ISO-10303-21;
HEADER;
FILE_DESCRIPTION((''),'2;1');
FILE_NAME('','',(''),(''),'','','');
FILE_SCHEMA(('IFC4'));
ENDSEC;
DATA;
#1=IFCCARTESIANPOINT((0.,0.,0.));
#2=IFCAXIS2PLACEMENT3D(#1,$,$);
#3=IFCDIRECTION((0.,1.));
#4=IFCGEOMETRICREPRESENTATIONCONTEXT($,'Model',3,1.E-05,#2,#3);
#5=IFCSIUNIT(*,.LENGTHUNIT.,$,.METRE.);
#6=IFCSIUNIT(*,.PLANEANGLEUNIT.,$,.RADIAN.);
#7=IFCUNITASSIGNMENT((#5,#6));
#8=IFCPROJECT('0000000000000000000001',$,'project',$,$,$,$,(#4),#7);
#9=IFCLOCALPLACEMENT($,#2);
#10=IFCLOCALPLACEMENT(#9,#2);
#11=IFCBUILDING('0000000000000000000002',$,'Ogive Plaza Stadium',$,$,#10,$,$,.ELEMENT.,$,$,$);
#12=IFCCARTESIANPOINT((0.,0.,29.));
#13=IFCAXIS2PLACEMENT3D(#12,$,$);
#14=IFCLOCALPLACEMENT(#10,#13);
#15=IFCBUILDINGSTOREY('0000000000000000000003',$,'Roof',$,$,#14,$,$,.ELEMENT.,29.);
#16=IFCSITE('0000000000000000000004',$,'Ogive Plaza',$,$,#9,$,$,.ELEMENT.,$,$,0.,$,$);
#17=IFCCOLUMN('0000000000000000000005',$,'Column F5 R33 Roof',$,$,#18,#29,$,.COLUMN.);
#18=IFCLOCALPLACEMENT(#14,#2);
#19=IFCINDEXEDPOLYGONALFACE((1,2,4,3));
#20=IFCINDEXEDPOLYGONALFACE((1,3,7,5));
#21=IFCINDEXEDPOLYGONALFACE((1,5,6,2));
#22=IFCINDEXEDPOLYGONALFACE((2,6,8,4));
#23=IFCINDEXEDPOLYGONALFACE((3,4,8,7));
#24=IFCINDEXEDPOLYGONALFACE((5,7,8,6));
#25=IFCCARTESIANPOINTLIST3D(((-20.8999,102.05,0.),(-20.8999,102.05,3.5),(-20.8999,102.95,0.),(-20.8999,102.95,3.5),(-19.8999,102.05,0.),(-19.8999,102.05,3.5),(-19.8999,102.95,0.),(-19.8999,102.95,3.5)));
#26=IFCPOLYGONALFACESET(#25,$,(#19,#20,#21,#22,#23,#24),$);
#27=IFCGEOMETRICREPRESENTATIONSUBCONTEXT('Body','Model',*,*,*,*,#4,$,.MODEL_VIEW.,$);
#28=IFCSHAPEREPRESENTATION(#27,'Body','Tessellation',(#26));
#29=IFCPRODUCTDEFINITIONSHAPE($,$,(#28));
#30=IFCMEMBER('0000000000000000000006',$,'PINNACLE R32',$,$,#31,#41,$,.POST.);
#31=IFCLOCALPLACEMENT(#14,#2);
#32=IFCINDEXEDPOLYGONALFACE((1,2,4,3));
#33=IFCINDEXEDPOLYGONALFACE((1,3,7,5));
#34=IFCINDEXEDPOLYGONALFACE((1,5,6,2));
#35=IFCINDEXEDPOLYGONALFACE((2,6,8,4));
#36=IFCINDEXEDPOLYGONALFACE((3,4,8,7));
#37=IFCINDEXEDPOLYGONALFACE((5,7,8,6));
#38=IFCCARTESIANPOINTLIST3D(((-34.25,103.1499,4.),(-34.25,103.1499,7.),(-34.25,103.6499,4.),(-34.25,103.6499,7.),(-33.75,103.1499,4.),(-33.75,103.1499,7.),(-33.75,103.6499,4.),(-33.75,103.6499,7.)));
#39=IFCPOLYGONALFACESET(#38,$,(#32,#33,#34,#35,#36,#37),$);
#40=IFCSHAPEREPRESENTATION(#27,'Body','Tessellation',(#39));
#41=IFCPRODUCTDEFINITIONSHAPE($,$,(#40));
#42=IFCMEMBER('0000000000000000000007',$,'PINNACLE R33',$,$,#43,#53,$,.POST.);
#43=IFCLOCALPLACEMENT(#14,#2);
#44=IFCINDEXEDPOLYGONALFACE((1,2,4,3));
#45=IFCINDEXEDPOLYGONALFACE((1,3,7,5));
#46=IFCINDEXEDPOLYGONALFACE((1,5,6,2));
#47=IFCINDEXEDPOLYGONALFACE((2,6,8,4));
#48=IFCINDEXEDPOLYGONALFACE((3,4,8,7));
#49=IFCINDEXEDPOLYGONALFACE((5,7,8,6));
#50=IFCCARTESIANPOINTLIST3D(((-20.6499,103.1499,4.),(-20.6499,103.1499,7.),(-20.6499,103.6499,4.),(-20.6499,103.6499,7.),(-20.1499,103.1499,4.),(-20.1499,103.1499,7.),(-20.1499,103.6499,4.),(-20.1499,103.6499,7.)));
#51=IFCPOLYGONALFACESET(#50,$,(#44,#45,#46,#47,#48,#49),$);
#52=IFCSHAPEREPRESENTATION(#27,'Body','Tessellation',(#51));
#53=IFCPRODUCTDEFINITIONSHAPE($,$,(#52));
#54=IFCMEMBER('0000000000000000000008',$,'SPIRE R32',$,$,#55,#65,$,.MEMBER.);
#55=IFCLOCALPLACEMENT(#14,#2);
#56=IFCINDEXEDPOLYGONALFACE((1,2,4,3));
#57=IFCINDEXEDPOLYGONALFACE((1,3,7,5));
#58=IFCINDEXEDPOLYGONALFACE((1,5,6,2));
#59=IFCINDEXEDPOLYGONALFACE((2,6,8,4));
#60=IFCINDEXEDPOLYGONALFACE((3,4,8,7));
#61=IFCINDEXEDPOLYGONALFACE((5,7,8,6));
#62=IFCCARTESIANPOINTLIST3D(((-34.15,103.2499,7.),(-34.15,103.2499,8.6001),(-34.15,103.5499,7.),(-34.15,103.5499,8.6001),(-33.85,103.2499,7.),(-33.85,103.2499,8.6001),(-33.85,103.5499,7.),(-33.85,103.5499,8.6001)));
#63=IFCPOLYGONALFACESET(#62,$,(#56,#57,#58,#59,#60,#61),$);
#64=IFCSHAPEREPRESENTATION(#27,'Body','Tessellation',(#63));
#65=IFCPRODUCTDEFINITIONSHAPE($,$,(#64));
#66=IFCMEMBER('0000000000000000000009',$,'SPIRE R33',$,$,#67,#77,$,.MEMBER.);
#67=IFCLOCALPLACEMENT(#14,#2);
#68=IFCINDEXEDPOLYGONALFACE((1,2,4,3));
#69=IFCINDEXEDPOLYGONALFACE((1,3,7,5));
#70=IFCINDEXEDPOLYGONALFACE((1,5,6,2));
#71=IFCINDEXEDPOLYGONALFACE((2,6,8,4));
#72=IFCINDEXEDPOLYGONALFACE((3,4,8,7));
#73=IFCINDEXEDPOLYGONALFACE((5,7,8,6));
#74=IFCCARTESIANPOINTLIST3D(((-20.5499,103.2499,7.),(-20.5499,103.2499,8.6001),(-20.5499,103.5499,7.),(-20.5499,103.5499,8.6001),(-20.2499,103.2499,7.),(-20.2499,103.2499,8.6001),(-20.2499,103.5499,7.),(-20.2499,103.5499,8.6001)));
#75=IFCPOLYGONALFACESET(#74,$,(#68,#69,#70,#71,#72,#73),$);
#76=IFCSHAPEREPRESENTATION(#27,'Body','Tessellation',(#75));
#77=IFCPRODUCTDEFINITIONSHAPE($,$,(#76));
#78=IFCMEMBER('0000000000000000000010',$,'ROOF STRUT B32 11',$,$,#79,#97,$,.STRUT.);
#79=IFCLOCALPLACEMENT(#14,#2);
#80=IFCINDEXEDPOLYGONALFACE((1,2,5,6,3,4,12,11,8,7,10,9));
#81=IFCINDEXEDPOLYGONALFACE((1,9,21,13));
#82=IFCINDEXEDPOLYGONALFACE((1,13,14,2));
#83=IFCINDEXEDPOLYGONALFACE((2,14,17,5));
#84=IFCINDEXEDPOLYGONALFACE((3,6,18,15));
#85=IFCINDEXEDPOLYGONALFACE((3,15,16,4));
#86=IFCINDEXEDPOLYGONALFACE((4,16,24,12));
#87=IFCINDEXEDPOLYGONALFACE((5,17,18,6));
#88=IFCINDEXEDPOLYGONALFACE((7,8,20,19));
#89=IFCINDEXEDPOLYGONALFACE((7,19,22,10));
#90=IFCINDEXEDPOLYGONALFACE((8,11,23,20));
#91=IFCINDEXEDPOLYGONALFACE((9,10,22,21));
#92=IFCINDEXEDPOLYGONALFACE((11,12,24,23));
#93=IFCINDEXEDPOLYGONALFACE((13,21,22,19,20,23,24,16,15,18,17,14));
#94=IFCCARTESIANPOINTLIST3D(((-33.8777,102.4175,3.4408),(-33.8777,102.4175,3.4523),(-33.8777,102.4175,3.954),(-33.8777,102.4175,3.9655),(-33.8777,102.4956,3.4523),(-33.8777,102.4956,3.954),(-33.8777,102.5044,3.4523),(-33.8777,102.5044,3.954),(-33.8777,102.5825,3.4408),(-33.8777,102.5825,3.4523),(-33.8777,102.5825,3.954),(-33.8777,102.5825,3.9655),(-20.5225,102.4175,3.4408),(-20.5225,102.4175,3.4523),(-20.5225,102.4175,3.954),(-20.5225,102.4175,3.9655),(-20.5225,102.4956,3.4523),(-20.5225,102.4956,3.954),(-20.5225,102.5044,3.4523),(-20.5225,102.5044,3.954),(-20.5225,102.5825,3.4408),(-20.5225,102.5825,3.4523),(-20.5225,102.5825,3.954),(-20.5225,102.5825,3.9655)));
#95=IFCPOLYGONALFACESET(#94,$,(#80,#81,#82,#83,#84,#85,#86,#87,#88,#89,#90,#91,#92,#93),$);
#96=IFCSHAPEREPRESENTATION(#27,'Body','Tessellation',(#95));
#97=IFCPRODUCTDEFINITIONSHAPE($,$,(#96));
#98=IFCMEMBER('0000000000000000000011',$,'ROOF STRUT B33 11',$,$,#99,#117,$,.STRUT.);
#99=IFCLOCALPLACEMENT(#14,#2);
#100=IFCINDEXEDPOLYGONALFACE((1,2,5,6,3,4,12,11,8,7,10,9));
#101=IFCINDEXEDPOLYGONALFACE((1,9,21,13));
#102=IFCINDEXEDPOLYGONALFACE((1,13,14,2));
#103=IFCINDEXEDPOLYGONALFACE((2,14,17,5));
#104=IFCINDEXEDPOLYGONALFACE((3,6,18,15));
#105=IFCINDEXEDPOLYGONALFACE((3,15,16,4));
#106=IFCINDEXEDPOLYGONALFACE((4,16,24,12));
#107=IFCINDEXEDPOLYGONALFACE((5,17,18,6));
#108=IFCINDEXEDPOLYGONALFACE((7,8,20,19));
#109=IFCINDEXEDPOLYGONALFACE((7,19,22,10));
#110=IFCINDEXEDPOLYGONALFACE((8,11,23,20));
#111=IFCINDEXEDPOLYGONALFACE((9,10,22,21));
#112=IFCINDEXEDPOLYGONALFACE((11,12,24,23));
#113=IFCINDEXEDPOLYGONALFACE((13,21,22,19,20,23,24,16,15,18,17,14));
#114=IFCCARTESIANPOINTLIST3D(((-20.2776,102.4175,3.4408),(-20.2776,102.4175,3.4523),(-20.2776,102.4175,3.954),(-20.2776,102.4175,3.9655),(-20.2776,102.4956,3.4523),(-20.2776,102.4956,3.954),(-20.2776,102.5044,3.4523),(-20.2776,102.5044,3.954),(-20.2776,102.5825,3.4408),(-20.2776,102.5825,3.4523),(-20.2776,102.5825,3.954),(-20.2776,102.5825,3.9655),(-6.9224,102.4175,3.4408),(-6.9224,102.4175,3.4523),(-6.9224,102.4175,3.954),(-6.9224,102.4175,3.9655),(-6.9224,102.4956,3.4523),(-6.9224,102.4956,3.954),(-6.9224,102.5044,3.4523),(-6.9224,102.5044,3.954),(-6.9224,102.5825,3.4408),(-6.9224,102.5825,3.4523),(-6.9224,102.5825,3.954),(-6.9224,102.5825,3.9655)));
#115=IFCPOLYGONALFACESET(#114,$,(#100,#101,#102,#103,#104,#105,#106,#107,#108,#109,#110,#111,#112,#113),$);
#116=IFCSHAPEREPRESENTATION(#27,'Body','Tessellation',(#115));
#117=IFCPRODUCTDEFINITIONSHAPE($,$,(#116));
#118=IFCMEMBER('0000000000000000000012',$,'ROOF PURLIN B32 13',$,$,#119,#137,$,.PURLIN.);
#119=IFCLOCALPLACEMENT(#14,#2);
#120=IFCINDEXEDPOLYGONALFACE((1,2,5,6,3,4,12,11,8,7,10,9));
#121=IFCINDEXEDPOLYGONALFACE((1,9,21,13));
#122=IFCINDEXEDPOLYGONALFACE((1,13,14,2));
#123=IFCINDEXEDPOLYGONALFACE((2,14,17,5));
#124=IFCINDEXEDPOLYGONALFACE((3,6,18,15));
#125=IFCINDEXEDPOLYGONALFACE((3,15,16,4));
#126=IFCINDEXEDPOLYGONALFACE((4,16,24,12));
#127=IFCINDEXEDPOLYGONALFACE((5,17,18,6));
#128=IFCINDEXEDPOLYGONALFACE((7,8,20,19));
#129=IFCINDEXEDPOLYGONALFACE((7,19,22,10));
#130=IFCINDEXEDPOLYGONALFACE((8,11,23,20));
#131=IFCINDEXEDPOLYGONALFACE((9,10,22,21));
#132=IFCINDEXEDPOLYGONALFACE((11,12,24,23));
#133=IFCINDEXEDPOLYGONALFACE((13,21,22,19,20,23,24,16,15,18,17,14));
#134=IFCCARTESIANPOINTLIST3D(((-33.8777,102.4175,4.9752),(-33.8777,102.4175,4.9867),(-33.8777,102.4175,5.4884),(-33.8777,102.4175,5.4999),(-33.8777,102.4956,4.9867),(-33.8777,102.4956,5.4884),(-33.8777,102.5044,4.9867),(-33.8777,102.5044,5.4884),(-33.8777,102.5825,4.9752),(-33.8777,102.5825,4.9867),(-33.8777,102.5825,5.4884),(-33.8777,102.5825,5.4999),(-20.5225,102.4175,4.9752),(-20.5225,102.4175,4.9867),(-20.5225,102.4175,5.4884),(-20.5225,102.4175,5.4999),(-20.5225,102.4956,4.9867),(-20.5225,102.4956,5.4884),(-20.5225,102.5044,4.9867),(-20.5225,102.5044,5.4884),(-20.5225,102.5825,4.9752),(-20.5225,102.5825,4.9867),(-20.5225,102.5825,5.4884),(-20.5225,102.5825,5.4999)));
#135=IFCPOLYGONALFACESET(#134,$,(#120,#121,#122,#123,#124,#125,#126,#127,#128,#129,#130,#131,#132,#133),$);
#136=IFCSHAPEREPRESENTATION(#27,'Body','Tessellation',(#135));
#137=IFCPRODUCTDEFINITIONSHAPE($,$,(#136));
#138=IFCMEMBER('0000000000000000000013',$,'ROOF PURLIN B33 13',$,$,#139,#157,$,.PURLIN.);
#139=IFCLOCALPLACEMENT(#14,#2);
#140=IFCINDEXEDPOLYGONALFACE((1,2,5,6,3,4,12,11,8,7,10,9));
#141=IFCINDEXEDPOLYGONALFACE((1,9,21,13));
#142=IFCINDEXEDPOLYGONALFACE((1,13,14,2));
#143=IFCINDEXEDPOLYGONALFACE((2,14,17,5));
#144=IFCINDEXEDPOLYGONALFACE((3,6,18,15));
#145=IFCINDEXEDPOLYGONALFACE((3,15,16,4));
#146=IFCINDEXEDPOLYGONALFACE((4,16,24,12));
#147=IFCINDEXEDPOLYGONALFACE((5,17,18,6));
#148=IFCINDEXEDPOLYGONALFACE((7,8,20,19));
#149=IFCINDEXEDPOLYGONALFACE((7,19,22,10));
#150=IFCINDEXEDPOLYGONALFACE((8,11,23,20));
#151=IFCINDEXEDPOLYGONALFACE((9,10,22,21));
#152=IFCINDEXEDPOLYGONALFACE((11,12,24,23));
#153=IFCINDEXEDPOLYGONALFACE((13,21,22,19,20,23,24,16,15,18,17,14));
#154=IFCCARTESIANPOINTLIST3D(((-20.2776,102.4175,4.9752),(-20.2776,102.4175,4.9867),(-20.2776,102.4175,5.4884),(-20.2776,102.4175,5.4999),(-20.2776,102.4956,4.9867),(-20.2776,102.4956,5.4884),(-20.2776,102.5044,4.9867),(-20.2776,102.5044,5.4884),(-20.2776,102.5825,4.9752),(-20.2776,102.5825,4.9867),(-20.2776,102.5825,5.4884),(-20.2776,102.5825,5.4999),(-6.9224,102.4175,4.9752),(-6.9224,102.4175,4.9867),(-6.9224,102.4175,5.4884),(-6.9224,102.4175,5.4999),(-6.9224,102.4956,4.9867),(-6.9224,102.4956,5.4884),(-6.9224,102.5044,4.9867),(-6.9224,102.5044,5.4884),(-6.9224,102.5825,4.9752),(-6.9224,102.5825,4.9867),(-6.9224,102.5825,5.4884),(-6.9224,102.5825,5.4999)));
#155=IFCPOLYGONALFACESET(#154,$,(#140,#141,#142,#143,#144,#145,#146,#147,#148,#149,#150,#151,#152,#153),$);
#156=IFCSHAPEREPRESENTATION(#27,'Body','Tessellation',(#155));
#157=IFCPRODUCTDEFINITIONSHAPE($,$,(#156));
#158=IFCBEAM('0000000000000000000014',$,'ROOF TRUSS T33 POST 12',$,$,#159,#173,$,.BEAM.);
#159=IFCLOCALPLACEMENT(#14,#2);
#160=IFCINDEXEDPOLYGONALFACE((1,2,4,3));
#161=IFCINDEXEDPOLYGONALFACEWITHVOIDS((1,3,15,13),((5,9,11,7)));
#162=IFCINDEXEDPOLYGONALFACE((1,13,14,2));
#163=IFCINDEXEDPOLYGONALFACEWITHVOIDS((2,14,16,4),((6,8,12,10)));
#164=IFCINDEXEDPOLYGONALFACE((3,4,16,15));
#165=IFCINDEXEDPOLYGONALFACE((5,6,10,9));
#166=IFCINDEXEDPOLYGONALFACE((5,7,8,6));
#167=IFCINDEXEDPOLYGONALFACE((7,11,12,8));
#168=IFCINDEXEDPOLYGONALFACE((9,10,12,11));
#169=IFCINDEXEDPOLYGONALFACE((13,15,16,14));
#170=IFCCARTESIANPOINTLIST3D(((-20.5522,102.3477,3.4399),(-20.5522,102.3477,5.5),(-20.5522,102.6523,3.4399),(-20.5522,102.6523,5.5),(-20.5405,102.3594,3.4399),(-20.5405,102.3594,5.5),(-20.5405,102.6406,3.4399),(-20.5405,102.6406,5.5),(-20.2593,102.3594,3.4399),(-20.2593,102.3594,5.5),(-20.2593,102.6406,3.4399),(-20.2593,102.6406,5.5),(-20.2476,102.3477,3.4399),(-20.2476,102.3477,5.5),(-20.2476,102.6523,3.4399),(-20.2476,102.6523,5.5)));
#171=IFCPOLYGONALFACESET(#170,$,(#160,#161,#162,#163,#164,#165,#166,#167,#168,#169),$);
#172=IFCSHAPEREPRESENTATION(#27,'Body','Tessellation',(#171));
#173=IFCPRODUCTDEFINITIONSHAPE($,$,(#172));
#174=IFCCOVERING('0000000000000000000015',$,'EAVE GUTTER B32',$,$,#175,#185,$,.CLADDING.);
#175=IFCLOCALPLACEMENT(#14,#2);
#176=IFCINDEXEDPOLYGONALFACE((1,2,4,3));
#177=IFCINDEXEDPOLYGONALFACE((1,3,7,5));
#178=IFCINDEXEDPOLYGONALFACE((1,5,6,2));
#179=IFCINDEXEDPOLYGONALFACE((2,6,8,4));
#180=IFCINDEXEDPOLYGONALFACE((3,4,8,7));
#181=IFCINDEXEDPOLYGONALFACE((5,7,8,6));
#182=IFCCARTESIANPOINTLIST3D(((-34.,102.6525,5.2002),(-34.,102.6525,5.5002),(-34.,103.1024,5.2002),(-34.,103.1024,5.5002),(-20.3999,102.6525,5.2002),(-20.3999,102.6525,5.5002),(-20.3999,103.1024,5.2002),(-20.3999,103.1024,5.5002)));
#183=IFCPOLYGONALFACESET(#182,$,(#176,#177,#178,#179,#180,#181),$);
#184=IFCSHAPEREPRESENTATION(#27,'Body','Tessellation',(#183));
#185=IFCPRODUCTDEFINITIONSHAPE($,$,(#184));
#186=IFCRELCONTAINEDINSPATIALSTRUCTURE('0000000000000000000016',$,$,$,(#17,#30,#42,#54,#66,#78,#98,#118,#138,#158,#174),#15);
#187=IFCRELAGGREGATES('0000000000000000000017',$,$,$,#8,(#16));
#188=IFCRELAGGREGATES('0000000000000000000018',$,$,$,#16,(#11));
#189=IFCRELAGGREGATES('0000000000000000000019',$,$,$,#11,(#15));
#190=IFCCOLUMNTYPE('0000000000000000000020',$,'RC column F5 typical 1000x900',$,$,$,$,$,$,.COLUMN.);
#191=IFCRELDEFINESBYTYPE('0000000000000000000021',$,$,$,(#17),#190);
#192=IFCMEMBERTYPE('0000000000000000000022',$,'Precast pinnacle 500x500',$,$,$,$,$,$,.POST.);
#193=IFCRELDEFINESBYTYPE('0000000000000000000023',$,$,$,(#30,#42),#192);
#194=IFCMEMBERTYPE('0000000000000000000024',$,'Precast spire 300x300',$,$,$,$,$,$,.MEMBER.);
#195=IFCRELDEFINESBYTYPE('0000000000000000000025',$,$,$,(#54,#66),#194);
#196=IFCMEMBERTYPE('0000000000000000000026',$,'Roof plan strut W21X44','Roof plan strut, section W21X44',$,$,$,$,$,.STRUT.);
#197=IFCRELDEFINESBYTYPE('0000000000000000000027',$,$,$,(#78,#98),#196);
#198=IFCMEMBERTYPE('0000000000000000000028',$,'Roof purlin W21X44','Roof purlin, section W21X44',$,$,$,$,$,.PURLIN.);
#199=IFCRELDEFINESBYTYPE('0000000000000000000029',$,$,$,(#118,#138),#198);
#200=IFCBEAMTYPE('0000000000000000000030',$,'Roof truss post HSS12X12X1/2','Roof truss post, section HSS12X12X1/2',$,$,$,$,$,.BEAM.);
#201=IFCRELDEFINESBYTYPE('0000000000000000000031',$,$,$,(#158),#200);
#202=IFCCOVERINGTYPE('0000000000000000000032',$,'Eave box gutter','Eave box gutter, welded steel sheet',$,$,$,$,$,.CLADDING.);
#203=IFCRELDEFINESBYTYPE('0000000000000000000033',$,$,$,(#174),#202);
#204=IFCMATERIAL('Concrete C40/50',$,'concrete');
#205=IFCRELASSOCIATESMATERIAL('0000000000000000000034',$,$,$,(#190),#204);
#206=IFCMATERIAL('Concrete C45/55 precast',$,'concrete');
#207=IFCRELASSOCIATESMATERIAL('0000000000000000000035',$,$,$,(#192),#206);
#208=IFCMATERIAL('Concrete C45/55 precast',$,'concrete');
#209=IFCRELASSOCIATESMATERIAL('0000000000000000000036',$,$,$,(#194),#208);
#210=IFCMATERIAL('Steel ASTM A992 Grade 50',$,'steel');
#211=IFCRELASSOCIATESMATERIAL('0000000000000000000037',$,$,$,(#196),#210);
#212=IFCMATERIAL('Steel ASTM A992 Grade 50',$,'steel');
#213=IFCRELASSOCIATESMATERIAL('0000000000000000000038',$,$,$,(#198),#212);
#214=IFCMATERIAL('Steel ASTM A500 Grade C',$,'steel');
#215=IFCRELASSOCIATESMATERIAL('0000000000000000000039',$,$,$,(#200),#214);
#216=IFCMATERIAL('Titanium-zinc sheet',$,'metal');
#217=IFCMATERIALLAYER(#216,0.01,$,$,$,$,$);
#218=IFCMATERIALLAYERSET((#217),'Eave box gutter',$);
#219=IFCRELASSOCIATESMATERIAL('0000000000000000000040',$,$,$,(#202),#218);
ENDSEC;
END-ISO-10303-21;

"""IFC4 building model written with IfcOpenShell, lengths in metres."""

from ifc_helpers import new_model, si_unit, direction, frame, origin, origin_2d, place, context, subcontext, project, spatial, rectangle, hollow_rectangle, i_section, extrude, material, layer, layer_set, material_profile, profile_set, type_object, element, save


model = new_model("IFC4")

# Units and contexts
model_context = context("Model", 3, precision=1e-05, world=origin(), true_north=direction((0.0, 1.0)))
body_context = subcontext(model_context, "Body", "Model", "MODEL_VIEW")
ifc_project = project(units=[si_unit("LENGTHUNIT", "METRE"), si_unit("PLANEANGLEUNIT", "RADIAN")], contexts=[model_context])

# Site, building, storey
site_placement = place(None, origin())
site = spatial("IfcSite", under=ifc_project, at=site_placement, Name="Ogive Plaza", CompositionType="ELEMENT", RefElevation=0.0)
building_placement = place(site_placement, origin())
building = spatial("IfcBuilding", under=site, at=building_placement, Name="Ogive Plaza Stadium", CompositionType="ELEMENT")
storey_placement = place(building_placement, frame((0.0, 0.0, 29.0)))
storey = spatial("IfcBuildingStorey", under=building, at=storey_placement, Name="Roof", CompositionType="ELEMENT", Elevation=29.0)

# Column
ifc_material_1 = material(Name="Concrete C40/50", Category="concrete")
ifc_material_profile_1 = material_profile(ifc_material_1, rectangle(XDim=1.0, YDim=0.8999, at=origin_2d()), Name="RC 1000x900")
ifc_profile_set_1 = profile_set([ifc_material_profile_1], Name="Concrete C40/50")
column_type = type_object("IfcColumnType", Name="RC column F5 typical 1000x900", PredefinedType="COLUMN", material=ifc_profile_set_1)
column_placement = place(storey_placement, frame((-20.3999, 102.5, 0.0), z_axis=(0.0, 0.0, 1.0), x_axis=(-1.0, 0.0, 0.0)))
element("IfcColumn", 1, at=column_placement, inside=storey, type_object=column_type, Name="Column F5 R33 Roof", PredefinedType="COLUMN", context=body_context, shape_type="SweptSolid", body=[
    extrude(rectangle(XDim=1.0, YDim=0.8999, at=origin_2d()), origin(), (0.0, 0.0, 1.0), 3.5),
])

# Members
ifc_material_2 = material(Name="Concrete C45/55 precast", Category="concrete")
ifc_material_profile_2 = material_profile(ifc_material_2, rectangle(XDim=0.5, YDim=0.5, at=origin_2d()), Name="RC 500x500")
ifc_profile_set_2 = profile_set([ifc_material_profile_2], Name="Concrete C45/55 precast")
member_type_1 = type_object("IfcMemberType", Name="Precast pinnacle 500x500", PredefinedType="POST", material=ifc_profile_set_2)
for number, where, z_axis, x_axis, name in (
    (2, (-34.0, 103.3999, 4.0), (0.0, 0.0, 1.0), (-1.0, 0.0, 0.0), "PINNACLE R32"),
    (3, (-20.3999, 103.3999, 4.0), (0.0, 0.0, 1.0), (-1.0, 0.0, 0.0), "PINNACLE R33"),
):
    element("IfcMember", number, at=place(storey_placement, frame(where, z_axis=z_axis, x_axis=x_axis)), inside=storey, type_object=member_type_1, Name=name, PredefinedType="POST", context=body_context, shape_type="SweptSolid", body=[
        extrude(rectangle(XDim=0.5, YDim=0.5, at=origin_2d()), origin(), (0.0, 0.0, 1.0), 3.0),
    ])
ifc_material_3 = material(Name="Concrete C45/55 precast", Category="concrete")
ifc_material_profile_3 = material_profile(ifc_material_3, rectangle(XDim=0.3, YDim=0.3, at=origin_2d()), Name="RC 300x300")
ifc_profile_set_3 = profile_set([ifc_material_profile_3], Name="Concrete C45/55 precast")
member_type_2 = type_object("IfcMemberType", Name="Precast spire 300x300", PredefinedType="MEMBER", material=ifc_profile_set_3)
for number, where, z_axis, x_axis, name in (
    (4, (-34.0, 103.3999, 7.0), (0.0, 0.0, 1.0), (-1.0, 0.0, 0.0), "SPIRE R32"),
    (5, (-20.3999, 103.3999, 7.0), (0.0, 0.0, 1.0), (-1.0, 0.0, 0.0), "SPIRE R33"),
):
    element("IfcMember", number, at=place(storey_placement, frame(where, z_axis=z_axis, x_axis=x_axis)), inside=storey, type_object=member_type_2, Name=name, PredefinedType="MEMBER", context=body_context, shape_type="SweptSolid", body=[
        extrude(rectangle(XDim=0.3, YDim=0.3, at=origin_2d()), origin(), (0.0, 0.0, 1.0), 1.6001),
    ])
ifc_material_4 = material(Name="Steel ASTM A992 Grade 50", Category="steel")
ifc_material_profile_4 = material_profile(ifc_material_4, i_section(OverallWidth=0.165, OverallDepth=0.5247, WebThickness=0.0088, FlangeThickness=0.0115, at=origin_2d()), Name="W21X44")
ifc_profile_set_4 = profile_set([ifc_material_profile_4], Name="Steel ASTM A992 Grade 50")
member_type_3 = type_object("IfcMemberType", Name="Roof plan strut W21X44", Description="Roof plan strut, section W21X44", PredefinedType="STRUT", material=ifc_profile_set_4)
for number, where, z_axis, x_axis, name in (
    (6, (-33.8777, 102.5, 3.7031), (1.0, 0.0, 0.0), (0.0, 1.0, 0.0), "ROOF STRUT B32 11"),
    (7, (-20.2776, 102.5, 3.7031), (1.0, 0.0, 0.0), (0.0, 1.0, 0.0), "ROOF STRUT B33 11"),
):
    element("IfcMember", number, at=place(storey_placement, frame(where, z_axis=z_axis, x_axis=x_axis)), inside=storey, type_object=member_type_3, Name=name, PredefinedType="STRUT", context=body_context, shape_type="SweptSolid", body=[
        extrude(i_section(OverallWidth=0.165, OverallDepth=0.5247, WebThickness=0.0088, FlangeThickness=0.0115, at=origin_2d()), origin(), (0.0, 0.0, 1.0), 13.3552),
    ])
ifc_material_5 = material(Name="Steel ASTM A992 Grade 50", Category="steel")
ifc_material_profile_5 = material_profile(ifc_material_5, i_section(OverallWidth=0.165, OverallDepth=0.5247, WebThickness=0.0088, FlangeThickness=0.0115, at=origin_2d()), Name="W21X44")
ifc_profile_set_5 = profile_set([ifc_material_profile_5], Name="Steel ASTM A992 Grade 50")
member_type_4 = type_object("IfcMemberType", Name="Roof purlin W21X44", Description="Roof purlin, section W21X44", PredefinedType="PURLIN", material=ifc_profile_set_5)
for number, where, z_axis, x_axis, name in (
    (8, (-33.8777, 102.5, 5.2375), (1.0, 0.0, 0.0), (0.0, 1.0, 0.0), "ROOF PURLIN B32 13"),
    (9, (-20.2776, 102.5, 5.2375), (1.0, 0.0, 0.0), (0.0, 1.0, 0.0), "ROOF PURLIN B33 13"),
):
    element("IfcMember", number, at=place(storey_placement, frame(where, z_axis=z_axis, x_axis=x_axis)), inside=storey, type_object=member_type_4, Name=name, PredefinedType="PURLIN", context=body_context, shape_type="SweptSolid", body=[
        extrude(i_section(OverallWidth=0.165, OverallDepth=0.5247, WebThickness=0.0088, FlangeThickness=0.0115, at=origin_2d()), origin(), (0.0, 0.0, 1.0), 13.3552),
    ])

# Beam
ifc_material_6 = material(Name="Steel ASTM A500 Grade C", Category="steel")
ifc_material_profile_6 = material_profile(ifc_material_6, hollow_rectangle(XDim=0.3047, YDim=0.3047, WallThickness=0.0117, at=origin_2d()), Name="HSS12X12X1/2")
ifc_profile_set_6 = profile_set([ifc_material_profile_6], Name="Steel ASTM A500 Grade C")
beam_type = type_object("IfcBeamType", Name="Roof truss post HSS12X12X1/2", Description="Roof truss post, section HSS12X12X1/2", PredefinedType="BEAM", material=ifc_profile_set_6)
beam_placement = place(storey_placement, frame((-20.3999, 102.5, 3.4399), z_axis=(0.0, 0.0, 1.0), x_axis=(-1.0, 0.0, 0.0)))
element("IfcBeam", 10, at=beam_placement, inside=storey, type_object=beam_type, Name="ROOF TRUSS T33 POST 12", PredefinedType="BEAM", context=body_context, shape_type="SweptSolid", body=[
    extrude(hollow_rectangle(XDim=0.3047, YDim=0.3047, WallThickness=0.0117, at=origin_2d()), origin(), (0.0, 0.0, 1.0), 2.0601),
])

# Covering
ifc_material_7 = material(Name="Titanium-zinc sheet", Category="metal")
ifc_layer_1 = layer(ifc_material_7, 0.01)
ifc_layer_set_1 = layer_set([ifc_layer_1], Name="Eave box gutter")
covering_type = type_object("IfcCoveringType", Name="Eave box gutter", Description="Eave box gutter, welded steel sheet", PredefinedType="CLADDING", material=ifc_layer_set_1)
covering_placement = place(storey_placement, frame((-27.2, 102.8774, 5.2002), z_axis=(0.0, 0.0, 1.0), x_axis=(1.0, 0.0, 0.0)))
element("IfcCovering", 11, at=covering_placement, inside=storey, type_object=covering_type, Name="EAVE GUTTER B32", PredefinedType="CLADDING", context=body_context, shape_type="SweptSolid", body=[
    extrude(rectangle(XDim=13.6001, YDim=0.45, at=origin_2d()), origin(), (0.0, 0.0, 1.0), 0.3),
])

save(model, "model.ifc")
